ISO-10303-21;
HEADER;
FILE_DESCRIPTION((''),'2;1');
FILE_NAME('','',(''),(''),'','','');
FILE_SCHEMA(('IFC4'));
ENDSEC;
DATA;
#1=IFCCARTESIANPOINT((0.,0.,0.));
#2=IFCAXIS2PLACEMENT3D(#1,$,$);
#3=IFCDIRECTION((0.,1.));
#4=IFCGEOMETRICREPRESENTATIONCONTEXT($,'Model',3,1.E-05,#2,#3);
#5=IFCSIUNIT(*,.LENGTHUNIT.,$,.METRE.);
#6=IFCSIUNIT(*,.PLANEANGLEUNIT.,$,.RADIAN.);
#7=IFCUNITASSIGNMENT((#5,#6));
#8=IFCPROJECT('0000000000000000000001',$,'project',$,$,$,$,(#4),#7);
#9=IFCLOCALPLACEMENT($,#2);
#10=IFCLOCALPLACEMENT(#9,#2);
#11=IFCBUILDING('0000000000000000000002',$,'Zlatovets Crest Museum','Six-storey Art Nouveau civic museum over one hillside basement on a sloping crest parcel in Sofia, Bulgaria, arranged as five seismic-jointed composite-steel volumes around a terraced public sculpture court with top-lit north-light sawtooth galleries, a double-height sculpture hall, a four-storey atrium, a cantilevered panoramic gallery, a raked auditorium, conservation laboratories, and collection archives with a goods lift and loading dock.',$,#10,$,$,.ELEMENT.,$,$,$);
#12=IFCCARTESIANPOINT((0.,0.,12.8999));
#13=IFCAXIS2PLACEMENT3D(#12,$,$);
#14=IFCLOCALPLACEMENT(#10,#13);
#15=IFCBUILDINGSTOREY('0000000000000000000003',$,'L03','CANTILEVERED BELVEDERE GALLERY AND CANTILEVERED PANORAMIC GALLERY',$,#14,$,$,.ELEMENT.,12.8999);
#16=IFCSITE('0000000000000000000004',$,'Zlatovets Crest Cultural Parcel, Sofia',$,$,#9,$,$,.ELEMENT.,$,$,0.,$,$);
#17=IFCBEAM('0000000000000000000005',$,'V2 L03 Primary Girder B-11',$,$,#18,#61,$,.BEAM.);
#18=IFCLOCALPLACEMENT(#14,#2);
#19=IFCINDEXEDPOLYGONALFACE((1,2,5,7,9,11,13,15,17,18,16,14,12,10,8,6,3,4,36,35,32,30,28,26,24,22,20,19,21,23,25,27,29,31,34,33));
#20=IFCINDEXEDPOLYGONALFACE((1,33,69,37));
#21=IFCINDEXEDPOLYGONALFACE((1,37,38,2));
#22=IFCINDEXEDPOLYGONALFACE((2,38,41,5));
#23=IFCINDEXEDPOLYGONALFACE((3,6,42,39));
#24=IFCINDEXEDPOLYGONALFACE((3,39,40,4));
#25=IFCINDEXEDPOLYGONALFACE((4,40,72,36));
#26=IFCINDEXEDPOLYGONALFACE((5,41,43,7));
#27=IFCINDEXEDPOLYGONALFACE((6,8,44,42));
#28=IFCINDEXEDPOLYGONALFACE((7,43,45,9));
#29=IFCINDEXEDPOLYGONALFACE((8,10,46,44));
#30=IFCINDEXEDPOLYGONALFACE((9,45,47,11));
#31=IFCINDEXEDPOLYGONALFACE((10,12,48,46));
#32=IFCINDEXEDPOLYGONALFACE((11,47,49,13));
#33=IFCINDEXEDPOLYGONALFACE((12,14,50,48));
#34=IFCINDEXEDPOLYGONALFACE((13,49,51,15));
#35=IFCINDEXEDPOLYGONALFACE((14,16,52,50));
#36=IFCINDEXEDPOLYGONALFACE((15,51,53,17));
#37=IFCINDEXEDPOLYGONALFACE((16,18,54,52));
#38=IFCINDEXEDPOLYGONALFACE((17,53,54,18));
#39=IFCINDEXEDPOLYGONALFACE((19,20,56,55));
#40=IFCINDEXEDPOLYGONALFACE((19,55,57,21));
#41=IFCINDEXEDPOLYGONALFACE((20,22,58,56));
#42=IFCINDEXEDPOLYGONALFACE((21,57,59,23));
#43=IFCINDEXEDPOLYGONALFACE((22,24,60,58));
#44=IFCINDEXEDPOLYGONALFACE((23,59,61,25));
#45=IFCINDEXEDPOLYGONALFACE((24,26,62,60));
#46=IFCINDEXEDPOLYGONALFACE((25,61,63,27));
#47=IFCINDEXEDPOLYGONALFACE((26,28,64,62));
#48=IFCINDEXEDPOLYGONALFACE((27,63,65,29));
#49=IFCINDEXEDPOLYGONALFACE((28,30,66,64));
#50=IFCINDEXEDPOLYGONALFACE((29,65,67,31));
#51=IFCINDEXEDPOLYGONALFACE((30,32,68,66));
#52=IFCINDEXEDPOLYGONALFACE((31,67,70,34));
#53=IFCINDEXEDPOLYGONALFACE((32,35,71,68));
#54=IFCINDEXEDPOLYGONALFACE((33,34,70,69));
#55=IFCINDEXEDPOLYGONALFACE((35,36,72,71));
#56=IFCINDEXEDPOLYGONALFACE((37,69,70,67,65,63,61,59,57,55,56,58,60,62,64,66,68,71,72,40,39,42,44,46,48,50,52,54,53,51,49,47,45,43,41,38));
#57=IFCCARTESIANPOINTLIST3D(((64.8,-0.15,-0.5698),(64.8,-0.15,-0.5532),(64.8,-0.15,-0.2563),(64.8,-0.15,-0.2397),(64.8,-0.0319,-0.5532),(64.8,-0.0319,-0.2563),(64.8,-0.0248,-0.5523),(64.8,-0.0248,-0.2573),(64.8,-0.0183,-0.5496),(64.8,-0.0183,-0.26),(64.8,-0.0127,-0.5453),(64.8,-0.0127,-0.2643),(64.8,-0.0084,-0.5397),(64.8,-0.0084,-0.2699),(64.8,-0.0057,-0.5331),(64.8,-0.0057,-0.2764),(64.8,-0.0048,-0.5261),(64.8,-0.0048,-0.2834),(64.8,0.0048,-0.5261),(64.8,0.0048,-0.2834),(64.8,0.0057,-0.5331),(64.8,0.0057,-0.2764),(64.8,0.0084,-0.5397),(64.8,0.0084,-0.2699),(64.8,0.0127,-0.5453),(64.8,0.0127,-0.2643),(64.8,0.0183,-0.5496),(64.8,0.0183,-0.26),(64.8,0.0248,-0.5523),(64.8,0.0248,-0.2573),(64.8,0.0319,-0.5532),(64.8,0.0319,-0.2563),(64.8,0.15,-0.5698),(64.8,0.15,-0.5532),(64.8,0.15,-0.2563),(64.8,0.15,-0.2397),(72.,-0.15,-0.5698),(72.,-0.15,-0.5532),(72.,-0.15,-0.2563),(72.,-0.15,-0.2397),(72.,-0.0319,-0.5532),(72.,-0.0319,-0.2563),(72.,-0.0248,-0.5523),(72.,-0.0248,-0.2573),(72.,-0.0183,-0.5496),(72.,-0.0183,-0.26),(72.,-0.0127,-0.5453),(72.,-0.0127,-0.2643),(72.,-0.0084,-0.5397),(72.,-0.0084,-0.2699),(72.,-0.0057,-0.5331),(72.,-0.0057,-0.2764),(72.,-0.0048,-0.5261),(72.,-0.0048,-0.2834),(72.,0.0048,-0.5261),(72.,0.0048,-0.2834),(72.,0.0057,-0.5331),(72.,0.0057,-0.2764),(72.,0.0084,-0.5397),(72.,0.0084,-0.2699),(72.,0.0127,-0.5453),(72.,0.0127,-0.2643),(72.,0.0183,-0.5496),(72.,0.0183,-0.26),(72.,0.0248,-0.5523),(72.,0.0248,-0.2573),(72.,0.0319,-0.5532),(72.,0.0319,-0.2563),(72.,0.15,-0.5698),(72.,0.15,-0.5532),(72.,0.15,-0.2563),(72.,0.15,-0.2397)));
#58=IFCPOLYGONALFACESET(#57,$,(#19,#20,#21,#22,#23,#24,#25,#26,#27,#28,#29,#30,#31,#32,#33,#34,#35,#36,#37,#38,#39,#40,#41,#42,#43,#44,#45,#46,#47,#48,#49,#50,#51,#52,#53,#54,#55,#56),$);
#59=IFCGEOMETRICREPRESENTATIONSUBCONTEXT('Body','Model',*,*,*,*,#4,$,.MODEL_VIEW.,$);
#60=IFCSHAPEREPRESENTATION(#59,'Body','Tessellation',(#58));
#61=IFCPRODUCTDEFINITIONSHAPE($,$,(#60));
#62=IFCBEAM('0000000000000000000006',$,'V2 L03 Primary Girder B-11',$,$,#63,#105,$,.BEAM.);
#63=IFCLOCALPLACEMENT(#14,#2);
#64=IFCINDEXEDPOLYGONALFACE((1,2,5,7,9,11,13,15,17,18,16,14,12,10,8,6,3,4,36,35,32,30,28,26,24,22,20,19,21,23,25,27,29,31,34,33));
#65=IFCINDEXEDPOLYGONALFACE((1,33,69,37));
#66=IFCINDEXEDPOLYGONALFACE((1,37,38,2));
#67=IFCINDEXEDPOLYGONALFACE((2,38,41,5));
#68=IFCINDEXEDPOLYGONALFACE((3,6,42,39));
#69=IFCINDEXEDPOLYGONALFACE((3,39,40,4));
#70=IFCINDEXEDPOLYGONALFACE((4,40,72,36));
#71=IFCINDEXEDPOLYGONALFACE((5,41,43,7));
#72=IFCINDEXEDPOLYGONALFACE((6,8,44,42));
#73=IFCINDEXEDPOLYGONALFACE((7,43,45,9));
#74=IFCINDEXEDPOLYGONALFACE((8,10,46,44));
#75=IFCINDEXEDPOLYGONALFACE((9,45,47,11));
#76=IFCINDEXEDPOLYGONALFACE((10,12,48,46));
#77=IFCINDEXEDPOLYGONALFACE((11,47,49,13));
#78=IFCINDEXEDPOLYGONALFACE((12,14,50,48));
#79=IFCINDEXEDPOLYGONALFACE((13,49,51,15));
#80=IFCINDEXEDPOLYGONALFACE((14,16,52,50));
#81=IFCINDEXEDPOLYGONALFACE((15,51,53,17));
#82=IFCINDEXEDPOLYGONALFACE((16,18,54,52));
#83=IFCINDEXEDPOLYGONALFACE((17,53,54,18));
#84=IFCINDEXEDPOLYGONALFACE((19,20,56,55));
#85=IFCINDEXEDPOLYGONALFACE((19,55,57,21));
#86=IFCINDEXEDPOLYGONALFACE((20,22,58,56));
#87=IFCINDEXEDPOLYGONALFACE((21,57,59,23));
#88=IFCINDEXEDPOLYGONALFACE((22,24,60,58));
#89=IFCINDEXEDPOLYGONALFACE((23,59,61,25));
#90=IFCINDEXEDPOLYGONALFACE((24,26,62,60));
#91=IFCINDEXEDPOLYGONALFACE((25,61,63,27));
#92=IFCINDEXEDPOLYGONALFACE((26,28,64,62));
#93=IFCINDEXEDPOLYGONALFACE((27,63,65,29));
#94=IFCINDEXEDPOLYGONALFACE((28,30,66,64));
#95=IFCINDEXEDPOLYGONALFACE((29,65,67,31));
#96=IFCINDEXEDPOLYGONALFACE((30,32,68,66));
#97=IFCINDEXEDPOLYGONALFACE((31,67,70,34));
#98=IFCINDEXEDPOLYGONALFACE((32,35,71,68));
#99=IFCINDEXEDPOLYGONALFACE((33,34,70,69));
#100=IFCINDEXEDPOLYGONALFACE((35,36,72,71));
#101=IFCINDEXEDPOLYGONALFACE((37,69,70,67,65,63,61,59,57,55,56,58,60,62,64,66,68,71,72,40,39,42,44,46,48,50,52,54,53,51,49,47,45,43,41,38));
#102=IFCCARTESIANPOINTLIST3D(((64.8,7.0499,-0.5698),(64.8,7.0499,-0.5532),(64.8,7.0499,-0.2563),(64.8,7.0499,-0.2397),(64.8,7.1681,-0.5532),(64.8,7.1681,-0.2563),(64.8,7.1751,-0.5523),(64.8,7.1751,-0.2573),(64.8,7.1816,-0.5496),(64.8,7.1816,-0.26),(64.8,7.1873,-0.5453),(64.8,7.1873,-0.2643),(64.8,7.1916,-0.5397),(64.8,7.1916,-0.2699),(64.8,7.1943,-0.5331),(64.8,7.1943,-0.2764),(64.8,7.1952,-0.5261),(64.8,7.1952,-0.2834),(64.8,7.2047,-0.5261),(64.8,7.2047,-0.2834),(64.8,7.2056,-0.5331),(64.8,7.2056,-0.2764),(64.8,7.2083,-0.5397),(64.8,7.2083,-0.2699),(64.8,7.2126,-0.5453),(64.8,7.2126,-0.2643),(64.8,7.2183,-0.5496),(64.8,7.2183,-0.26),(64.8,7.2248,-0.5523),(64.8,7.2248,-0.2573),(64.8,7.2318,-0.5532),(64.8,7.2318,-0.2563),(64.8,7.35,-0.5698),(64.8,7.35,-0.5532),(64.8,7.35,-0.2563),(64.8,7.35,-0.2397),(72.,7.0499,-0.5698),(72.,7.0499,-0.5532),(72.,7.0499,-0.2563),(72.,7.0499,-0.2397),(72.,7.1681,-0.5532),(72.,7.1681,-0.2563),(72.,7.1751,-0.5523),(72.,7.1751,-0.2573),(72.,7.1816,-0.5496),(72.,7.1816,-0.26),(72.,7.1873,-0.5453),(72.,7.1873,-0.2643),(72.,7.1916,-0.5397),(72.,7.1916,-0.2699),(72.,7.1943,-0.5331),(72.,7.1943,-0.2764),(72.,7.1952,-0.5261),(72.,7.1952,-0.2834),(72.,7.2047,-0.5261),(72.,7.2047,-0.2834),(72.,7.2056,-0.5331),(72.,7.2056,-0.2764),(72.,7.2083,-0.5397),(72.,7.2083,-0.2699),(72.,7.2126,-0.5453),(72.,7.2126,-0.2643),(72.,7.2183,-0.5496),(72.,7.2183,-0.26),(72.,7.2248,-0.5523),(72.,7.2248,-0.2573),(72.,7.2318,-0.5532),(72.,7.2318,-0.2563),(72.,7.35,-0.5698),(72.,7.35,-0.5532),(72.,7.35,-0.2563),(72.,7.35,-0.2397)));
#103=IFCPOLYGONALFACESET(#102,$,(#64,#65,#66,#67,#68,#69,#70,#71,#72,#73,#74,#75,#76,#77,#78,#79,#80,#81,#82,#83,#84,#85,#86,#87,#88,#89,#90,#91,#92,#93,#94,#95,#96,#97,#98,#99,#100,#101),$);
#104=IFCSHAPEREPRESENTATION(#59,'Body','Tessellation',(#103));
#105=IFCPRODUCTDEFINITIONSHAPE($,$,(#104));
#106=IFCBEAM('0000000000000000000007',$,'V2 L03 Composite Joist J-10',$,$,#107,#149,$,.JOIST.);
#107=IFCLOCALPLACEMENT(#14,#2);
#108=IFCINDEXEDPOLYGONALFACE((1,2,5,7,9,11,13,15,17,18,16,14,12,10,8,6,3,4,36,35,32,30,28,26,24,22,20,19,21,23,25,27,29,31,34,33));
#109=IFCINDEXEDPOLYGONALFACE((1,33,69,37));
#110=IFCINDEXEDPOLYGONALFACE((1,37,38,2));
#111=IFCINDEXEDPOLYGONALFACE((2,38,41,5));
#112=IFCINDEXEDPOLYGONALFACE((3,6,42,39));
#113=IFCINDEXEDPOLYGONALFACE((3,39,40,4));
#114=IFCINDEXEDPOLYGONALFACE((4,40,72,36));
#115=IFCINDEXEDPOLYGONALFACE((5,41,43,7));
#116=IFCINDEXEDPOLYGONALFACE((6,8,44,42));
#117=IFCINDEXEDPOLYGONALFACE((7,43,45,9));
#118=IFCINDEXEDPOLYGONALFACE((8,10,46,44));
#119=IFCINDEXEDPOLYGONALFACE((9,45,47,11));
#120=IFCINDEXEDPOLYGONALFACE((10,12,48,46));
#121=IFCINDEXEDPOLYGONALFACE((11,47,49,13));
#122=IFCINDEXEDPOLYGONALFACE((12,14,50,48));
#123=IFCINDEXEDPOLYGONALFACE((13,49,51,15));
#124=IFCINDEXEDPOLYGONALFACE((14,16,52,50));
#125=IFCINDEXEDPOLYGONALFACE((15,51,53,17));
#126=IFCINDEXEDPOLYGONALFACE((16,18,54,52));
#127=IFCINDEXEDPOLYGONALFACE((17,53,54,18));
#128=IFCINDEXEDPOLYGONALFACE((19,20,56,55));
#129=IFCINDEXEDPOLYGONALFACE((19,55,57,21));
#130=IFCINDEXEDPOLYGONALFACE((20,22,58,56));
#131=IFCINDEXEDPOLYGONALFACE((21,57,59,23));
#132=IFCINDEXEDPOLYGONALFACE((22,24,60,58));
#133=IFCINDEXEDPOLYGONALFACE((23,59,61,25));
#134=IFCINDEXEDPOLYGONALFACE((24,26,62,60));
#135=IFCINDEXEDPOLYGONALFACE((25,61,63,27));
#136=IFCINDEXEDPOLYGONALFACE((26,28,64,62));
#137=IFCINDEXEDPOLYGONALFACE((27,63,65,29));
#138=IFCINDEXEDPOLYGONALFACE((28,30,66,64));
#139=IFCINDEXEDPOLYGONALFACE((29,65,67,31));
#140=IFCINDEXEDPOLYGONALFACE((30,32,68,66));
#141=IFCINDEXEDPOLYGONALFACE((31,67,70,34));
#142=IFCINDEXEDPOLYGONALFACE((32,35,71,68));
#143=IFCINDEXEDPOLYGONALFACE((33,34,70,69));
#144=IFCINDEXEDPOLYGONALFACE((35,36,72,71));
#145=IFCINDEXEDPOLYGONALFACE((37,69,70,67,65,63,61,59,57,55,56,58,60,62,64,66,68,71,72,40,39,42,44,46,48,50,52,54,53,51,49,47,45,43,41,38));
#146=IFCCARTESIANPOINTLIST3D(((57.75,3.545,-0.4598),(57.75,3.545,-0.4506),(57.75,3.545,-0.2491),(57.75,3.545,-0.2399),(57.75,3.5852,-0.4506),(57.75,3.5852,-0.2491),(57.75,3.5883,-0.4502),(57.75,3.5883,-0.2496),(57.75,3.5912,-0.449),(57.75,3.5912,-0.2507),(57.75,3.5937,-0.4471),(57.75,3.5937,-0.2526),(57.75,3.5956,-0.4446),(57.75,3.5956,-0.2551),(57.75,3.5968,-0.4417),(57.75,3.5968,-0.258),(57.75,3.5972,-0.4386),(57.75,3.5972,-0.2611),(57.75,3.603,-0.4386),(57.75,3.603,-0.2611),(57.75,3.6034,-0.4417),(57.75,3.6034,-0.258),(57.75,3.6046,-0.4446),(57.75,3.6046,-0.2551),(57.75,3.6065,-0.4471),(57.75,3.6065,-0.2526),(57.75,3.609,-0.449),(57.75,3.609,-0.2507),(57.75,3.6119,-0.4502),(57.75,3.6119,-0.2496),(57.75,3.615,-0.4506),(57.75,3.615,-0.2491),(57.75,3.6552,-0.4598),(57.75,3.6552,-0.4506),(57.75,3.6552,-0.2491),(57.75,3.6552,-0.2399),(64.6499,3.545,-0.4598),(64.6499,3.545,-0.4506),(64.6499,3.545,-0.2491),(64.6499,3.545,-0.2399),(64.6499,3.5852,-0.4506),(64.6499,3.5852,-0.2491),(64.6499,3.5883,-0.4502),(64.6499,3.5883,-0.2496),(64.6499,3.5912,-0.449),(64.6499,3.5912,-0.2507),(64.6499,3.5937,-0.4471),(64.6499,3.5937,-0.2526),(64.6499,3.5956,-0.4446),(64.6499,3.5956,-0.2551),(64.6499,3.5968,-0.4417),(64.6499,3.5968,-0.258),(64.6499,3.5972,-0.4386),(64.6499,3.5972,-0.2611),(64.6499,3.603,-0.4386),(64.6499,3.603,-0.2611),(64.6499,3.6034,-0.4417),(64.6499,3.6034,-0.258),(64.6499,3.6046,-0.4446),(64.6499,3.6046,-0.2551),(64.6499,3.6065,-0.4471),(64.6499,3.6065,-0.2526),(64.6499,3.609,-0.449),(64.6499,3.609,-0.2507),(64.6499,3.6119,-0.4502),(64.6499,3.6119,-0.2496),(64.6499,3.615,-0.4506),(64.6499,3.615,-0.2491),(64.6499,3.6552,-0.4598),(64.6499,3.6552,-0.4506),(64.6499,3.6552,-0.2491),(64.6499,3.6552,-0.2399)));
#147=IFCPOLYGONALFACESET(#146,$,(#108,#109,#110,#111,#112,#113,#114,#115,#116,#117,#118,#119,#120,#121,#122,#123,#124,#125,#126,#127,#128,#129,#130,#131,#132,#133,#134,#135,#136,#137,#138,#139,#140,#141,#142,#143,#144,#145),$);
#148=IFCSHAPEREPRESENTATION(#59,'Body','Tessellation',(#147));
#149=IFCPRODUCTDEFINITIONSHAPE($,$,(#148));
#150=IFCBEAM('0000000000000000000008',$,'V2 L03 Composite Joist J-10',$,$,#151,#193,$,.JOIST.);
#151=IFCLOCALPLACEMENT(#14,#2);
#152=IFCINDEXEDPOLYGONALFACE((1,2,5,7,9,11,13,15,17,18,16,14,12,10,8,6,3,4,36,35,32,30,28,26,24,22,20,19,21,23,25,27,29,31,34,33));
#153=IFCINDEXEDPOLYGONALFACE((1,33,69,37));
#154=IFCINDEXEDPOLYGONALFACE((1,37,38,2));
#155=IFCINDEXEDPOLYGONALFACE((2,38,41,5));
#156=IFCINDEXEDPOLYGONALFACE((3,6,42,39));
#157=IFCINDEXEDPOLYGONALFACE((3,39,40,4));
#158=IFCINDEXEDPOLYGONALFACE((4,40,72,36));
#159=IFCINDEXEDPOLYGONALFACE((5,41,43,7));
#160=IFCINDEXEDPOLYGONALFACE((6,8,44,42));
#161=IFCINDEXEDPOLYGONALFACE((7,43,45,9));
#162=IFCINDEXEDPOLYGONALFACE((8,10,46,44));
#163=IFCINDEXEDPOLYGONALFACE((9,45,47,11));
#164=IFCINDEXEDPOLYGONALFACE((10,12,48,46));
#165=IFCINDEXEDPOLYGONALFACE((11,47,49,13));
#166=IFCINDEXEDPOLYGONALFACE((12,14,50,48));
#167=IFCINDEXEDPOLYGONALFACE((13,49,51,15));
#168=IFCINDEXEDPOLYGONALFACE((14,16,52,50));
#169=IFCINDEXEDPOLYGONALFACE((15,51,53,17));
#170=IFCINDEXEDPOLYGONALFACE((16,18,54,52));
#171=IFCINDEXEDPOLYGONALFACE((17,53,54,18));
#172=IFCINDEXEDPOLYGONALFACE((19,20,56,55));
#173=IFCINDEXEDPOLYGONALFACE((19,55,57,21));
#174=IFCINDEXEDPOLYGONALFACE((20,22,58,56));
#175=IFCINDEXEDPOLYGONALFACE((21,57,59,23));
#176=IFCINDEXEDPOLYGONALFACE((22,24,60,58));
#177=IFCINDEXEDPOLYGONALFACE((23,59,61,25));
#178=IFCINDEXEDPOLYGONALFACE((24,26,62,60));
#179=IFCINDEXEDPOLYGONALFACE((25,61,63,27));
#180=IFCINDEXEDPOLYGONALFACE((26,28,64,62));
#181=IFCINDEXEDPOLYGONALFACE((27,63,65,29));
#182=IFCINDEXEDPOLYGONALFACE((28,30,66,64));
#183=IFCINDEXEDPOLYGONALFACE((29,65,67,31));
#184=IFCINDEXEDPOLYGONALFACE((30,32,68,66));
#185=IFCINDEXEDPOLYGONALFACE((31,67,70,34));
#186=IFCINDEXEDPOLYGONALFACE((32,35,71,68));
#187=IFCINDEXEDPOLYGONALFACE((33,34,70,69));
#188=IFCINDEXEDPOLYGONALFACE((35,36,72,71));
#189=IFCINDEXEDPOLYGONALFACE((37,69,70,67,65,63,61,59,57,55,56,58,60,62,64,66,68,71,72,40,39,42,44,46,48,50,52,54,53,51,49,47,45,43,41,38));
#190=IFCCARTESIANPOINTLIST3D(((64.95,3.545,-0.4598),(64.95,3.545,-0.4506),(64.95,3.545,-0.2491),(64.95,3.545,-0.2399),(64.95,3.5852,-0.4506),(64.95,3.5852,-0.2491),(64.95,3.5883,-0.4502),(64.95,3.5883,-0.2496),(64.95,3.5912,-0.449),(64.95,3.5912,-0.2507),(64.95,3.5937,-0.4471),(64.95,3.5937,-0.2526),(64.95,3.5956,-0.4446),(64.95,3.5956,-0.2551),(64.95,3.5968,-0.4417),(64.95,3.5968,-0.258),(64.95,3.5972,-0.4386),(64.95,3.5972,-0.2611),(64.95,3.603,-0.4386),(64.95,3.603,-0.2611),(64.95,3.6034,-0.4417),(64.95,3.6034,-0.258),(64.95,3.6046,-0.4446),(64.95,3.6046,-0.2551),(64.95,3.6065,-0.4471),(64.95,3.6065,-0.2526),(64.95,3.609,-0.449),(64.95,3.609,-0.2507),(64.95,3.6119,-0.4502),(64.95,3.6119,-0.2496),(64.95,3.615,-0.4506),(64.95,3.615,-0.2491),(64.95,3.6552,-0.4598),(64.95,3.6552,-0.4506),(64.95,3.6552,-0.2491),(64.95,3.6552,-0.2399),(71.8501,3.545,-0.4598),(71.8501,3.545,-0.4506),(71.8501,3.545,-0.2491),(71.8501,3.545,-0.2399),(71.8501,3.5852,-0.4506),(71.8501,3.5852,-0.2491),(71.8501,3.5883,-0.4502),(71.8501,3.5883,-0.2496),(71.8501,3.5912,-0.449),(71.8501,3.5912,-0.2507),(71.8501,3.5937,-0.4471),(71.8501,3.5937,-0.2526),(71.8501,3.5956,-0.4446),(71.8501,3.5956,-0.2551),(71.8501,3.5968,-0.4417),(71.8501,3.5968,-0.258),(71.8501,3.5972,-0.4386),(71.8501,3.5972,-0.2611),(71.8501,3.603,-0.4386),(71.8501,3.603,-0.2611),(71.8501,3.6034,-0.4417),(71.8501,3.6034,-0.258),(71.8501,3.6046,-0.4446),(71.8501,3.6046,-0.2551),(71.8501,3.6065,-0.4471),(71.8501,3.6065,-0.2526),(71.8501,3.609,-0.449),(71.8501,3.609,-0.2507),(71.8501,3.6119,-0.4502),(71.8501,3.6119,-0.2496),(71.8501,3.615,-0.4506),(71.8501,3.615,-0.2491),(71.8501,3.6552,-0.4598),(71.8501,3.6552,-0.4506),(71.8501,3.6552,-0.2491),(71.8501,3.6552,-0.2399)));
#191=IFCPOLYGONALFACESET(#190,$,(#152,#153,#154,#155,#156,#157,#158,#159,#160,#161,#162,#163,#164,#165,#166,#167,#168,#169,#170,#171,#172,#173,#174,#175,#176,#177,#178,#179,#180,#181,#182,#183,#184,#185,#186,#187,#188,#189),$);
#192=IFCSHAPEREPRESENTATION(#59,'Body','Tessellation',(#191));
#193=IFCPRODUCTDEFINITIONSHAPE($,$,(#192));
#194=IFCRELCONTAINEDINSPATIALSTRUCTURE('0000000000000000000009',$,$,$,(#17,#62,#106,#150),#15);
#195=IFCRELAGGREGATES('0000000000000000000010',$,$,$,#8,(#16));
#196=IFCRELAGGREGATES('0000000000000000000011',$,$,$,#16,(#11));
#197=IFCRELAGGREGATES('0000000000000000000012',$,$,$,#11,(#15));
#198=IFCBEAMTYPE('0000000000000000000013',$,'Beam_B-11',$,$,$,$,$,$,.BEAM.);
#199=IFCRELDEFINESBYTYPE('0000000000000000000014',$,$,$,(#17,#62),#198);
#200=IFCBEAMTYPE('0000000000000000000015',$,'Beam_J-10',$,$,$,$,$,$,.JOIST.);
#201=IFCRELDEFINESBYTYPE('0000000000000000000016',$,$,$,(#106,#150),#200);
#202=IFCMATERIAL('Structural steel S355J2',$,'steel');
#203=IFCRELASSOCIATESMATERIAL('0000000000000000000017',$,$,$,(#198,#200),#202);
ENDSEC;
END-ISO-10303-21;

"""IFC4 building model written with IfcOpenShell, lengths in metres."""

from ifc_helpers import new_model, si_unit, direction, frame, origin, origin_2d, place, context, subcontext, project, spatial, i_section, extrude, material, material_profile, profile_set, type_object, element, save


model = new_model("IFC4")

# Units and contexts
model_context = context("Model", 3, precision=1e-05, world=origin(), true_north=direction((0.0, 1.0)))
body_context = subcontext(model_context, "Body", "Model", "MODEL_VIEW")
ifc_project = project(units=[si_unit("LENGTHUNIT", "METRE"), si_unit("PLANEANGLEUNIT", "RADIAN")], contexts=[model_context])

# Site, building, storey
site_placement = place(None, origin())
site = spatial("IfcSite", under=ifc_project, at=site_placement, Name="Zlatovets Crest Cultural Parcel, Sofia", CompositionType="ELEMENT", RefElevation=0.0)
building_placement = place(site_placement, origin())
building = spatial("IfcBuilding", under=site, at=building_placement, Name="Zlatovets Crest Museum", Description="Six-storey Art Nouveau civic museum over one hillside basement on a sloping crest parcel in Sofia, Bulgaria, arranged as five seismic-jointed composite-steel volumes around a terraced public sculpture court with top-lit north-light sawtooth galleries, a double-height sculpture hall, a four-storey atrium, a cantilevered panoramic gallery, a raked auditorium, conservation laboratories, and collection archives with a goods lift and loading dock.", CompositionType="ELEMENT")
storey_placement = place(building_placement, frame((0.0, 0.0, 12.8999)))
storey = spatial("IfcBuildingStorey", under=building, at=storey_placement, Name="L03", Description="CANTILEVERED BELVEDERE GALLERY AND CANTILEVERED PANORAMIC GALLERY", CompositionType="ELEMENT", Elevation=12.8999)

# Shared definitions
ifc_material_1 = material(Name="Structural steel S355J2", Category="steel")

# Beams
ifc_material_profile_1 = material_profile(ifc_material_1, i_section(OverallWidth=0.3, OverallDepth=0.3301, WebThickness=0.0095, FlangeThickness=0.0166, FilletRadius=0.0271, at=origin_2d()), Name="HEA 340")
ifc_profile_set_1 = profile_set([ifc_material_profile_1], Name="Structural steel S355J2")
beam_type_1 = type_object("IfcBeamType", Name="Beam_B-11", PredefinedType="BEAM", material=ifc_profile_set_1)
for number, where, z_axis, x_axis, name in (
    (1, (64.8, 0.0, -0.4048), (1.0, 0.0, 0.0), (0.0, 1.0, 0.0), "V2 L03 Primary Girder B-11"),
    (2, (64.8, 7.2, -0.4048), (1.0, 0.0, 0.0), (0.0, 1.0, 0.0), "V2 L03 Primary Girder B-11"),
):
    element("IfcBeam", number, at=place(storey_placement, frame(where, z_axis=z_axis, x_axis=x_axis)), inside=storey, type_object=beam_type_1, Name=name, PredefinedType="BEAM", context=body_context, shape_type="SweptSolid", body=[
        extrude(i_section(OverallWidth=0.3, OverallDepth=0.3301, WebThickness=0.0095, FlangeThickness=0.0166, FilletRadius=0.0271, at=origin_2d()), origin(), (0.0, 0.0, 1.0), 7.2),
    ])
ifc_material_profile_2 = material_profile(ifc_material_1, i_section(OverallWidth=0.1101, OverallDepth=0.22, WebThickness=0.0059, FlangeThickness=0.0093, FilletRadius=0.012, at=origin_2d()), Name="IPE 220")
ifc_profile_set_2 = profile_set([ifc_material_profile_2], Name="Structural steel S355J2")
beam_type_2 = type_object("IfcBeamType", Name="Beam_J-10", PredefinedType="JOIST", material=ifc_profile_set_2)
beam_1_placement = place(storey_placement, frame((57.75, 3.6001, -0.3499), z_axis=(1.0, 0.0, 0.0), x_axis=(0.0, 1.0, 0.0)))
element("IfcBeam", 3, at=beam_1_placement, inside=storey, type_object=beam_type_2, Name="V2 L03 Composite Joist J-10", PredefinedType="JOIST", context=body_context, shape_type="SweptSolid", body=[
    extrude(i_section(OverallWidth=0.1101, OverallDepth=0.22, WebThickness=0.0059, FlangeThickness=0.0093, FilletRadius=0.012, at=origin_2d()), origin(), (0.0, 0.0, 1.0), 6.8999),
])
beam_2_placement = place(storey_placement, frame((64.95, 3.6001, -0.3499), z_axis=(1.0, 0.0, 0.0), x_axis=(0.0, 1.0, 0.0)))
element("IfcBeam", 4, at=beam_2_placement, inside=storey, type_object=beam_type_2, Name="V2 L03 Composite Joist J-10", PredefinedType="JOIST", context=body_context, shape_type="SweptSolid", body=[
    extrude(i_section(OverallWidth=0.1101, OverallDepth=0.22, WebThickness=0.0059, FlangeThickness=0.0093, FilletRadius=0.012, at=origin_2d()), origin(), (0.0, 0.0, 1.0), 6.9001),
])

save(model, "model.ifc")
